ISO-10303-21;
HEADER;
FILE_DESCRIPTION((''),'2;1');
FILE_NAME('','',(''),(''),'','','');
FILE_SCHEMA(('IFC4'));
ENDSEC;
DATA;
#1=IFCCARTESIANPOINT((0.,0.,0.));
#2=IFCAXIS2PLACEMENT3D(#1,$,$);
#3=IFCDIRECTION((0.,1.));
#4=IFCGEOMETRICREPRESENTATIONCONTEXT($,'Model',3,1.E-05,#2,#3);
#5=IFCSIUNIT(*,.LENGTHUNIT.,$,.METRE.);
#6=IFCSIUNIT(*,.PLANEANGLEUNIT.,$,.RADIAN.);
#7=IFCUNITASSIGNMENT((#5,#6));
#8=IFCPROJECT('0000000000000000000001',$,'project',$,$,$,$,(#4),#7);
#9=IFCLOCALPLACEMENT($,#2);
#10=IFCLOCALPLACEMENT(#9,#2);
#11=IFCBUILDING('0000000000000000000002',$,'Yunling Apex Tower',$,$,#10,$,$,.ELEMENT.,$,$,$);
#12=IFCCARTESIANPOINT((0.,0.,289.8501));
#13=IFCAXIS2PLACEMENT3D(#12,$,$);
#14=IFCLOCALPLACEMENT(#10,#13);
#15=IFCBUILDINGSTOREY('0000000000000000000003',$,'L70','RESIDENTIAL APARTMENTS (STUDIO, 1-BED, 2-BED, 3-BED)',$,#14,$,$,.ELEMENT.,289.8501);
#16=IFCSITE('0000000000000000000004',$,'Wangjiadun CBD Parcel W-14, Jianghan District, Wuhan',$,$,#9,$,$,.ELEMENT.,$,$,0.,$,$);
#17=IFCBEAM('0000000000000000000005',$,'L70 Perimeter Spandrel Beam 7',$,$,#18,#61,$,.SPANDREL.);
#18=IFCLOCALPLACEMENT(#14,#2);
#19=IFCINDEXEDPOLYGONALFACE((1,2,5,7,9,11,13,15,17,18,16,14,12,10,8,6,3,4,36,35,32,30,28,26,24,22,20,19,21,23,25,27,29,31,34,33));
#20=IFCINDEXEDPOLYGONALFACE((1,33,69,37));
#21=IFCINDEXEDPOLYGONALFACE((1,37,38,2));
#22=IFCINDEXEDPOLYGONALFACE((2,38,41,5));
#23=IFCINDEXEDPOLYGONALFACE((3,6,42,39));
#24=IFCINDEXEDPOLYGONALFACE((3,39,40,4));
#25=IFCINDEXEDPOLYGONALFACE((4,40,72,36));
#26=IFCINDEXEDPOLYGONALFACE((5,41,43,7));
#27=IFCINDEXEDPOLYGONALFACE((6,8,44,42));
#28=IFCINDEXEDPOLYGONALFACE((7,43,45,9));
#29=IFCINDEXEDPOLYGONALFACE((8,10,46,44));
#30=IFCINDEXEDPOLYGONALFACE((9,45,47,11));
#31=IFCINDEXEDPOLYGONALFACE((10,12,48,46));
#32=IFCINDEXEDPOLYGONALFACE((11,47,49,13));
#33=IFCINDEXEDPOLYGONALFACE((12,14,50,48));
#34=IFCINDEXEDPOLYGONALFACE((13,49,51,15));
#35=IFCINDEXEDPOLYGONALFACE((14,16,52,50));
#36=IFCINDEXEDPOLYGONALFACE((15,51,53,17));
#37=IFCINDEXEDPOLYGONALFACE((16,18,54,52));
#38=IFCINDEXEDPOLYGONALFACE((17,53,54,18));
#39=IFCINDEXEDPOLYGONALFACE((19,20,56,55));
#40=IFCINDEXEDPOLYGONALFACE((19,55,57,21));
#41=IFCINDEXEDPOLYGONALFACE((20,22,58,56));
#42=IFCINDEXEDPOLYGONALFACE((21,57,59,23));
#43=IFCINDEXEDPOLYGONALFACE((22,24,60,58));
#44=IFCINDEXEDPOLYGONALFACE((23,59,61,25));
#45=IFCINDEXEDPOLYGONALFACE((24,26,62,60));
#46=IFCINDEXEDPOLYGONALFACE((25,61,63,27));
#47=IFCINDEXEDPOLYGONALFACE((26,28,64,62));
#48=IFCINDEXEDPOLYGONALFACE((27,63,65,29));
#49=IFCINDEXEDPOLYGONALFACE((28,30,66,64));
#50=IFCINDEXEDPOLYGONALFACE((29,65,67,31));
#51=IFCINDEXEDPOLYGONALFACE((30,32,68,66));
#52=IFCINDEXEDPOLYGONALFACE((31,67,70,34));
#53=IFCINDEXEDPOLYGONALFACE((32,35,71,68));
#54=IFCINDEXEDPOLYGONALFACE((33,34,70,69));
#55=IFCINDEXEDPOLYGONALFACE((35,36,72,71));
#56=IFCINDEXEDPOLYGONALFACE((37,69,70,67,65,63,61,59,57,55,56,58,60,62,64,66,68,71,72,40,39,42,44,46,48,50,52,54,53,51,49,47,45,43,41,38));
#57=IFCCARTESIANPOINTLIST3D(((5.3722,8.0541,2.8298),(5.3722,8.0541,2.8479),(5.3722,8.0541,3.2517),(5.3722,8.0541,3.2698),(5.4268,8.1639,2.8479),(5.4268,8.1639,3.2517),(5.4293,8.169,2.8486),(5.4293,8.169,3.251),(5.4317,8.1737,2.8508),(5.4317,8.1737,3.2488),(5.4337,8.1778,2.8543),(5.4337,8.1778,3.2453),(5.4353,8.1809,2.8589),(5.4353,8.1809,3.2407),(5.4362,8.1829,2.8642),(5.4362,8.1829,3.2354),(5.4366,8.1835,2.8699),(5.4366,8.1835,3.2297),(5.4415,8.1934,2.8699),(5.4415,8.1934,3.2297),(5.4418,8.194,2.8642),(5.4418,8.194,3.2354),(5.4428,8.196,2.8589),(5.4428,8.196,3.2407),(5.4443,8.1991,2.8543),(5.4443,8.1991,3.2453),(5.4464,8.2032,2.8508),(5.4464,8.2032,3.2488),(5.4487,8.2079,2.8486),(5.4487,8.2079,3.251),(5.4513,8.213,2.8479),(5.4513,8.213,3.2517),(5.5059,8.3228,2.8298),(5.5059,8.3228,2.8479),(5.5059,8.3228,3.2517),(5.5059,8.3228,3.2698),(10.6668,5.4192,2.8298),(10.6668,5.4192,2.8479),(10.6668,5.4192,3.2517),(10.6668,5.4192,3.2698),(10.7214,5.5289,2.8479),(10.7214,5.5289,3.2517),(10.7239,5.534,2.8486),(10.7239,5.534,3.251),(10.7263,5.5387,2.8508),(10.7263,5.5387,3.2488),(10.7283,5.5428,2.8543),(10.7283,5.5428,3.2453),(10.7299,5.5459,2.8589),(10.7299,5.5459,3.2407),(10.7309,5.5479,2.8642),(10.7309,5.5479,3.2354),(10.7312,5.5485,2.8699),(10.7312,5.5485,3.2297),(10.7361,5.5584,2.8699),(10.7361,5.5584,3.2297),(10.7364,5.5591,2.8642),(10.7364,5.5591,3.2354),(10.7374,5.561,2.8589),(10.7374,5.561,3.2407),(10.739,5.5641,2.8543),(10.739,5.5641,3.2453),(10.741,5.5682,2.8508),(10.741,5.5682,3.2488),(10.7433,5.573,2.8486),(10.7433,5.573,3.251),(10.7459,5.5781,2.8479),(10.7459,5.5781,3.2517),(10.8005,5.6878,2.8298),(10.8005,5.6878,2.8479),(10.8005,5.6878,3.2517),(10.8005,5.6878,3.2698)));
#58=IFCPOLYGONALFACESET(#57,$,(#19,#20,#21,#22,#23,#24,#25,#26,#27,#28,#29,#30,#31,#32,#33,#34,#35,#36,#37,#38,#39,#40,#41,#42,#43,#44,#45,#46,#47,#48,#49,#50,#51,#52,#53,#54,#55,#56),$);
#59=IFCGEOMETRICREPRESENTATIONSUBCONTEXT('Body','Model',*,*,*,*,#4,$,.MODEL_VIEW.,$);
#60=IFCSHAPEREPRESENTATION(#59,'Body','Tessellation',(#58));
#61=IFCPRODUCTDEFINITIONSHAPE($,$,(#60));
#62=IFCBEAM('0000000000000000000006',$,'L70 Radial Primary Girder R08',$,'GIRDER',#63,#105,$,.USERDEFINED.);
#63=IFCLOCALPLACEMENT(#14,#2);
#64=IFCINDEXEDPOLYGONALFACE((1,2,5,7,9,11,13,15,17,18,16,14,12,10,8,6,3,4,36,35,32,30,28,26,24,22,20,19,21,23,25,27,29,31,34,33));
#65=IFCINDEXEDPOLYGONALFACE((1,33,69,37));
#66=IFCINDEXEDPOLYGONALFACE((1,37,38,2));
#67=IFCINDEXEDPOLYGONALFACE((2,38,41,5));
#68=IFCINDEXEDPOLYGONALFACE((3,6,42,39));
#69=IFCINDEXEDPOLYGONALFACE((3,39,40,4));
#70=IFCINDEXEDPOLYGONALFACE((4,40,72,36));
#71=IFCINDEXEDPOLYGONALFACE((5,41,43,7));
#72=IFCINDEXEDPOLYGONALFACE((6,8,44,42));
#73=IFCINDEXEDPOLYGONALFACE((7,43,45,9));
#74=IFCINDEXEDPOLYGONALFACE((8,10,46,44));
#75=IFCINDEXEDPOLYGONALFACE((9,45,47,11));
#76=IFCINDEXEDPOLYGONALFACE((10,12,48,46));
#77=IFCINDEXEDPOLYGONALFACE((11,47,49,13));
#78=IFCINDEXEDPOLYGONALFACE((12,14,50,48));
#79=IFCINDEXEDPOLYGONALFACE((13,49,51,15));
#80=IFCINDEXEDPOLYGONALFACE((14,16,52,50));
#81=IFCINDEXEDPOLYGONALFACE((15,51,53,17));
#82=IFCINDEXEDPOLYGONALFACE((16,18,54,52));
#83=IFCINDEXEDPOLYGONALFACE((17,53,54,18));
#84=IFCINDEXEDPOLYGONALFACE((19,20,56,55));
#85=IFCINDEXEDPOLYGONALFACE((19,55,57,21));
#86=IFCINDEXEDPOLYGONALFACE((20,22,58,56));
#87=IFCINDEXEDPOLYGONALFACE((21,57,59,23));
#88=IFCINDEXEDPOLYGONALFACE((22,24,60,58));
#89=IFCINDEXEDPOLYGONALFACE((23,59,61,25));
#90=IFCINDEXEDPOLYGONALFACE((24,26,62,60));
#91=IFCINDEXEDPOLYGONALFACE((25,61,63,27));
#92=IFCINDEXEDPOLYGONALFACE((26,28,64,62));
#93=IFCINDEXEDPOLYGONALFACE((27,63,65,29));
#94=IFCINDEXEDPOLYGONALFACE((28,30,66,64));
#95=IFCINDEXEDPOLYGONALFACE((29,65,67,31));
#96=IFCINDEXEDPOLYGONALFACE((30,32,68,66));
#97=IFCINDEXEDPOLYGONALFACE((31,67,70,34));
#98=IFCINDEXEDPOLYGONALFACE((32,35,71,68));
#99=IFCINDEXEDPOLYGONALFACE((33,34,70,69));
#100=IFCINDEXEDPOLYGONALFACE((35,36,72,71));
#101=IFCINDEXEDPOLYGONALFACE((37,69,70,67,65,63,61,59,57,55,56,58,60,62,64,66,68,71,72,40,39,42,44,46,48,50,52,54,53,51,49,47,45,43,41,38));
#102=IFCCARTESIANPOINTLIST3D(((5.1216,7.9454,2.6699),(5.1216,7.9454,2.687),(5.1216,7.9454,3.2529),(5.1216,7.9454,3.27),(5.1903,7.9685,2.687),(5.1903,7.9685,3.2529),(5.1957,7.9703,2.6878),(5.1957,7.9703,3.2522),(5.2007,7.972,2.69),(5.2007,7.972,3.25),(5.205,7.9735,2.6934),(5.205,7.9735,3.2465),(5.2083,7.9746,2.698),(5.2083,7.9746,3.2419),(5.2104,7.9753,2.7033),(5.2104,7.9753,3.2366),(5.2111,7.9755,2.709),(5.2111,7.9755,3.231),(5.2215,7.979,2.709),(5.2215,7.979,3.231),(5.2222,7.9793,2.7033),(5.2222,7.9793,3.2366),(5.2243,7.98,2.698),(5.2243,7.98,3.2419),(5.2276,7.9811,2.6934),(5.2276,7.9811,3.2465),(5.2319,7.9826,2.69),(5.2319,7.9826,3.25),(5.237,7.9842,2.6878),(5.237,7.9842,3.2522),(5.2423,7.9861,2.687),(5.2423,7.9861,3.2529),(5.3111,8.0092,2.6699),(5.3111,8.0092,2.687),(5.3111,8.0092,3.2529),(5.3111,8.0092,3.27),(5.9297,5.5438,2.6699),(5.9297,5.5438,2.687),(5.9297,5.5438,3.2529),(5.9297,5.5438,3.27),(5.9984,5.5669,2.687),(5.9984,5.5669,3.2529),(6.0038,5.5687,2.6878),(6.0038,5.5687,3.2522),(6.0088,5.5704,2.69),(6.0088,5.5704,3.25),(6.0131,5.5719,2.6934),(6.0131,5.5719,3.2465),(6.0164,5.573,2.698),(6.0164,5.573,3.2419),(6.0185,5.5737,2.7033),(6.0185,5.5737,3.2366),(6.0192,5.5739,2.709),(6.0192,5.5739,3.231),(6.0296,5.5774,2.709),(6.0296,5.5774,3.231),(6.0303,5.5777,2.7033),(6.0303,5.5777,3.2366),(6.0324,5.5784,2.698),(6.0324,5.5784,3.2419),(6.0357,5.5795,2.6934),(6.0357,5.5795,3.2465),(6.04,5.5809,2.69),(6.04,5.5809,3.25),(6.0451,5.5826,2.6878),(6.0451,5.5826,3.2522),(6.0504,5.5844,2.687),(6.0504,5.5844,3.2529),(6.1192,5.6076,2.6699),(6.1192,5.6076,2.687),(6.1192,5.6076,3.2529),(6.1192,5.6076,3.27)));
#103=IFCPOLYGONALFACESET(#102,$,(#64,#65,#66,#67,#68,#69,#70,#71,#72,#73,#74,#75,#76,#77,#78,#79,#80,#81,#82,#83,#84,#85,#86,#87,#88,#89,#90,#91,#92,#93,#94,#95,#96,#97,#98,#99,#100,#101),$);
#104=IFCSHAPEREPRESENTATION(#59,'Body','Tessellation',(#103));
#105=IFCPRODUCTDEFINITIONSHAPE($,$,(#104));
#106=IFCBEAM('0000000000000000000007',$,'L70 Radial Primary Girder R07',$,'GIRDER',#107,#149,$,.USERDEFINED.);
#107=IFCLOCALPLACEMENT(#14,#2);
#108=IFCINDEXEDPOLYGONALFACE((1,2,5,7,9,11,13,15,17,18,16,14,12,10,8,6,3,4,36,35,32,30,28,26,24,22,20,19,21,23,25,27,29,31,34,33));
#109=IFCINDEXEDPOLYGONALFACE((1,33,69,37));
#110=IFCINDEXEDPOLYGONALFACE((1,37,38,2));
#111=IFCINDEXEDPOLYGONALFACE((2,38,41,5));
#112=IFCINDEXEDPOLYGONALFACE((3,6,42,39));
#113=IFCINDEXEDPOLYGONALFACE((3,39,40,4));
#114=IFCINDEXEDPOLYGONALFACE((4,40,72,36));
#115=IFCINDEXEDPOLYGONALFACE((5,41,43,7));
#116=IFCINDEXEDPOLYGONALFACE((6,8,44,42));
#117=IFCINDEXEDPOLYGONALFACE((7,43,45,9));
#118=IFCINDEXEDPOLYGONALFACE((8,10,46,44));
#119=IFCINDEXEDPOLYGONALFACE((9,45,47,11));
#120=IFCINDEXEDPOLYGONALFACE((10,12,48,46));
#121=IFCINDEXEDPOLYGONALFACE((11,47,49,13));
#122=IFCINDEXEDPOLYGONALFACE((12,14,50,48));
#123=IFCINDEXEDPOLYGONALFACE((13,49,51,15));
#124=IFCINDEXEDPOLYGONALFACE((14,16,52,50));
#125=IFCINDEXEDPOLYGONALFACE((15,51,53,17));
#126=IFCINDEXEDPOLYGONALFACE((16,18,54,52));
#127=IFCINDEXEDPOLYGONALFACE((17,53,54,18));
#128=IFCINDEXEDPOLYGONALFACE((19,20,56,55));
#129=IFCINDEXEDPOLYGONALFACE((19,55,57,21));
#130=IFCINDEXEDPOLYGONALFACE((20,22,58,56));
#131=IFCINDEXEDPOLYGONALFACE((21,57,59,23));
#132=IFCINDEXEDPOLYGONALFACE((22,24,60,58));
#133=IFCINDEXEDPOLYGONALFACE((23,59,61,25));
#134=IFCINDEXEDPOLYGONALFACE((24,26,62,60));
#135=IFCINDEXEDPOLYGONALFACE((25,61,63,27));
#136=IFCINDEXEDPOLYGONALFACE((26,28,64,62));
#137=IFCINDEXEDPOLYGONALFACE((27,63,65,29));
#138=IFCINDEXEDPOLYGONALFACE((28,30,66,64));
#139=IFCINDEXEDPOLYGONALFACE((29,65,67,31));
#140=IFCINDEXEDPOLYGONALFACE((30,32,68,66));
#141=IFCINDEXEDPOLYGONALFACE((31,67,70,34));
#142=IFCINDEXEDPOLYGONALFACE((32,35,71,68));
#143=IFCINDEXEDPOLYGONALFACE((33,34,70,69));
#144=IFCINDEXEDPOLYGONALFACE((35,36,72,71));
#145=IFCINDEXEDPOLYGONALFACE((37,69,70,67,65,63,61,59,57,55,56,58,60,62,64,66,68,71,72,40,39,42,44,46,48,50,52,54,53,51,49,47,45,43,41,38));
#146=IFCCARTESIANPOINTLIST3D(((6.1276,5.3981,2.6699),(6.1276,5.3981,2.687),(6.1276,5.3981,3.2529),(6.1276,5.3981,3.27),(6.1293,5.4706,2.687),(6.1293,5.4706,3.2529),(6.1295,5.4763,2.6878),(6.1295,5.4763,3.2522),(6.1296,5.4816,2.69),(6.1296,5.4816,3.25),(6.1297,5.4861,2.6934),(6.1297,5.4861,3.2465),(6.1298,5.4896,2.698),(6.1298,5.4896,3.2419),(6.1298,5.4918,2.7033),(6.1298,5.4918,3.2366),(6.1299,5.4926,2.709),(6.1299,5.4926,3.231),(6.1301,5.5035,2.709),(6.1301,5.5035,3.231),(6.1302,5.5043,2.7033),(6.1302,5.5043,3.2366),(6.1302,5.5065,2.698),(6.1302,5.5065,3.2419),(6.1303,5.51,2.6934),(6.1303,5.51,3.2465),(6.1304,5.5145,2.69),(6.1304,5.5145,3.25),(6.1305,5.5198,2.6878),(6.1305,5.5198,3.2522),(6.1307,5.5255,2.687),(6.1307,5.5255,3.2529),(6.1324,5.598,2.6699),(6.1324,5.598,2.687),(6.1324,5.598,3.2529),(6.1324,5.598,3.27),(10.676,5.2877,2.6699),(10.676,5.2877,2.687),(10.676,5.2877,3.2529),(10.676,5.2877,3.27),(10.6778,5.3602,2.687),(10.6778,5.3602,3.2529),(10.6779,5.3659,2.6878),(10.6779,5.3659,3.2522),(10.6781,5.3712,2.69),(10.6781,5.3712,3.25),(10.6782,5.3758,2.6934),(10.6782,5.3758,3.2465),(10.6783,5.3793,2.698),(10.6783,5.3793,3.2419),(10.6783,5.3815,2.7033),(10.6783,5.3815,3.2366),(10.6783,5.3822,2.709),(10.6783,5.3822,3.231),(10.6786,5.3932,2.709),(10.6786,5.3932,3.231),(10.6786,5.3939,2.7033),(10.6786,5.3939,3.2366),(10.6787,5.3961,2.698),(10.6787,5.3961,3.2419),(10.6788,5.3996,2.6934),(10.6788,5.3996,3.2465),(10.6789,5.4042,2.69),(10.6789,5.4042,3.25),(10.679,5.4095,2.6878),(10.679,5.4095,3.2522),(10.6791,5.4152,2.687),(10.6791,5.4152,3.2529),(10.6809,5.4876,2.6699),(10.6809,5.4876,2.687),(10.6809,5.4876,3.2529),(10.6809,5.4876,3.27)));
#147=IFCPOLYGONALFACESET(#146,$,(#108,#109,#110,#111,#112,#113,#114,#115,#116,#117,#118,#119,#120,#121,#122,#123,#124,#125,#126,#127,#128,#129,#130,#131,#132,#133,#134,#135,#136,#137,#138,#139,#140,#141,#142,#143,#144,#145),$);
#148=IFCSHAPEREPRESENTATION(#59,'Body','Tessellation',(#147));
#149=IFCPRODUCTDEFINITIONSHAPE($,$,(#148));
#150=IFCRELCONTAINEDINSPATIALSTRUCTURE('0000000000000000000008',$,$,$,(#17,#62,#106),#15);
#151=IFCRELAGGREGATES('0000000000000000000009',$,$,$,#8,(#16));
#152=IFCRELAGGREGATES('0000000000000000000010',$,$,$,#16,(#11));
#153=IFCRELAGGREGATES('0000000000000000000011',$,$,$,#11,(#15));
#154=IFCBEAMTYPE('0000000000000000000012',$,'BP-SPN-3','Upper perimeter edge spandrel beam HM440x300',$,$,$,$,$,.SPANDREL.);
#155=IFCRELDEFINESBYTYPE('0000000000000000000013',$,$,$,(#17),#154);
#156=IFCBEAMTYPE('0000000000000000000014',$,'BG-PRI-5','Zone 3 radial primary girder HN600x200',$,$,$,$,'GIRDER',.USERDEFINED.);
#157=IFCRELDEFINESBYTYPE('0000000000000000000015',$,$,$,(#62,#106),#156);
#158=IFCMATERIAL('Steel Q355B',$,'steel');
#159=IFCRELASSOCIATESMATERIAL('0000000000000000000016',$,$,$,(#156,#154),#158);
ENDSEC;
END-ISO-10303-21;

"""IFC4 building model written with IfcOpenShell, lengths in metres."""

from ifc_helpers import new_model, si_unit, direction, frame, origin, origin_2d, place, context, subcontext, project, spatial, i_section, extrude, source, transform, mapped, material, material_profile, profile_set, type_object, element, save


model = new_model("IFC4")

# Units and contexts
model_context = context("Model", 3, precision=1e-05, world=origin(), true_north=direction((0.0, 1.0)))
body_context = subcontext(model_context, "Body", "Model", "MODEL_VIEW")
ifc_project = project(units=[si_unit("LENGTHUNIT", "METRE"), si_unit("PLANEANGLEUNIT", "RADIAN")], contexts=[model_context])

# Site, building, storey
site_placement = place(None, origin())
site = spatial("IfcSite", under=ifc_project, at=site_placement, Name="Wangjiadun CBD Parcel W-14, Jianghan District, Wuhan", CompositionType="ELEMENT", RefElevation=0.0)
building_placement = place(site_placement, origin())
building = spatial("IfcBuilding", under=site, at=building_placement, Name="Yunling Apex Tower", CompositionType="ELEMENT")
storey_placement = place(building_placement, frame((0.0, 0.0, 289.8501)))
storey = spatial("IfcBuildingStorey", under=building, at=storey_placement, Name="L70", Description="RESIDENTIAL APARTMENTS (STUDIO, 1-BED, 2-BED, 3-BED)", CompositionType="ELEMENT", Elevation=289.8501)

# Shared definitions
ifc_material_1 = material(Name="Steel Q355B", Category="steel")

# Beams
ifc_material_profile_1 = material_profile(ifc_material_1, i_section(OverallWidth=0.2, OverallDepth=0.6001, WebThickness=0.011, FlangeThickness=0.0171, FilletRadius=0.022, at=origin_2d()))
ifc_profile_set_1 = profile_set([ifc_material_profile_1], Name="Steel Q355B")
beam_type_1 = type_object("IfcBeamType", Name="BG-PRI-5", Description="Zone 3 radial primary girder HN600x200", ElementType="GIRDER", PredefinedType="USERDEFINED", material=ifc_profile_set_1)
ifc_material_profile_2 = material_profile(ifc_material_1, i_section(OverallWidth=0.3, OverallDepth=0.4399, WebThickness=0.011, FlangeThickness=0.0181, FilletRadius=0.022, at=origin_2d()))
ifc_profile_set_2 = profile_set([ifc_material_profile_2], Name="Steel Q355B")
beam_type_2 = type_object("IfcBeamType", Name="BP-SPN-3", Description="Upper perimeter edge spandrel beam HM440x300", PredefinedType="SPANDREL", material=ifc_profile_set_2)
shared_shape_1 = source(origin(), body_context, "Body", "SweptSolid", [
    extrude(i_section(OverallWidth=0.3, OverallDepth=0.4399, WebThickness=0.011, FlangeThickness=0.0181, FilletRadius=0.022, at=origin_2d()), origin(), (0.0, 0.0, 1.0), 5.9141),
])
for number, where, z_axis, x_axis, name in (
    (1, (10.7336, 5.5535, 3.0498), (-0.89526, 0.445545, 0.0), (-0.445545, -0.89526, 0.0), "L70 Perimeter Spandrel Beam 7"),
):
    element("IfcBeam", number, at=place(storey_placement, frame(where, z_axis=z_axis, x_axis=x_axis)), inside=storey, type_object=beam_type_2, Name=name, PredefinedType="SPANDREL", context=body_context, shape_type="MappedRepresentation", body=[
        mapped(shared_shape_1, transform((0.0, 0.0, 0.0), scale=1.0)),
    ])
shared_shape_2 = source(origin(), body_context, "Body", "SweptSolid", [
    extrude(i_section(OverallWidth=0.2, OverallDepth=0.6001, WebThickness=0.011, FlangeThickness=0.0171, FilletRadius=0.022, at=origin_2d()), origin(), (0.0, 0.0, 1.0), 2.5339),
])
beam_1_placement = place(storey_placement, frame((5.2163, 7.9773, 2.97), z_axis=(0.318915, -0.947783, 0.0), x_axis=(0.947783, 0.318915, 0.0)))
element("IfcBeam", 2, at=beam_1_placement, inside=storey, type_object=beam_type_1, Name="L70 Radial Primary Girder R08", ObjectType="GIRDER", PredefinedType="USERDEFINED", context=body_context, shape_type="MappedRepresentation", body=[
    mapped(shared_shape_2, transform((0.0, 0.0, 0.0), scale=1.0)),
])
shared_shape_3 = source(origin(), body_context, "Body", "SweptSolid", [
    extrude(i_section(OverallWidth=0.2, OverallDepth=0.6001, WebThickness=0.011, FlangeThickness=0.0171, FilletRadius=0.022, at=origin_2d()), origin(), (0.0, 0.0, 1.0), 4.5498),
])
beam_2_placement = place(storey_placement, frame((10.6785, 5.3877, 2.97), z_axis=(-0.999706, 0.024254, 0.0), x_axis=(-0.024254, -0.999706, 0.0)))
element("IfcBeam", 3, at=beam_2_placement, inside=storey, type_object=beam_type_1, Name="L70 Radial Primary Girder R07", ObjectType="GIRDER", PredefinedType="USERDEFINED", context=body_context, shape_type="MappedRepresentation", body=[
    mapped(shared_shape_3, transform((0.0, 0.0, 0.0), scale=1.0)),
])

save(model, "model.ifc")
